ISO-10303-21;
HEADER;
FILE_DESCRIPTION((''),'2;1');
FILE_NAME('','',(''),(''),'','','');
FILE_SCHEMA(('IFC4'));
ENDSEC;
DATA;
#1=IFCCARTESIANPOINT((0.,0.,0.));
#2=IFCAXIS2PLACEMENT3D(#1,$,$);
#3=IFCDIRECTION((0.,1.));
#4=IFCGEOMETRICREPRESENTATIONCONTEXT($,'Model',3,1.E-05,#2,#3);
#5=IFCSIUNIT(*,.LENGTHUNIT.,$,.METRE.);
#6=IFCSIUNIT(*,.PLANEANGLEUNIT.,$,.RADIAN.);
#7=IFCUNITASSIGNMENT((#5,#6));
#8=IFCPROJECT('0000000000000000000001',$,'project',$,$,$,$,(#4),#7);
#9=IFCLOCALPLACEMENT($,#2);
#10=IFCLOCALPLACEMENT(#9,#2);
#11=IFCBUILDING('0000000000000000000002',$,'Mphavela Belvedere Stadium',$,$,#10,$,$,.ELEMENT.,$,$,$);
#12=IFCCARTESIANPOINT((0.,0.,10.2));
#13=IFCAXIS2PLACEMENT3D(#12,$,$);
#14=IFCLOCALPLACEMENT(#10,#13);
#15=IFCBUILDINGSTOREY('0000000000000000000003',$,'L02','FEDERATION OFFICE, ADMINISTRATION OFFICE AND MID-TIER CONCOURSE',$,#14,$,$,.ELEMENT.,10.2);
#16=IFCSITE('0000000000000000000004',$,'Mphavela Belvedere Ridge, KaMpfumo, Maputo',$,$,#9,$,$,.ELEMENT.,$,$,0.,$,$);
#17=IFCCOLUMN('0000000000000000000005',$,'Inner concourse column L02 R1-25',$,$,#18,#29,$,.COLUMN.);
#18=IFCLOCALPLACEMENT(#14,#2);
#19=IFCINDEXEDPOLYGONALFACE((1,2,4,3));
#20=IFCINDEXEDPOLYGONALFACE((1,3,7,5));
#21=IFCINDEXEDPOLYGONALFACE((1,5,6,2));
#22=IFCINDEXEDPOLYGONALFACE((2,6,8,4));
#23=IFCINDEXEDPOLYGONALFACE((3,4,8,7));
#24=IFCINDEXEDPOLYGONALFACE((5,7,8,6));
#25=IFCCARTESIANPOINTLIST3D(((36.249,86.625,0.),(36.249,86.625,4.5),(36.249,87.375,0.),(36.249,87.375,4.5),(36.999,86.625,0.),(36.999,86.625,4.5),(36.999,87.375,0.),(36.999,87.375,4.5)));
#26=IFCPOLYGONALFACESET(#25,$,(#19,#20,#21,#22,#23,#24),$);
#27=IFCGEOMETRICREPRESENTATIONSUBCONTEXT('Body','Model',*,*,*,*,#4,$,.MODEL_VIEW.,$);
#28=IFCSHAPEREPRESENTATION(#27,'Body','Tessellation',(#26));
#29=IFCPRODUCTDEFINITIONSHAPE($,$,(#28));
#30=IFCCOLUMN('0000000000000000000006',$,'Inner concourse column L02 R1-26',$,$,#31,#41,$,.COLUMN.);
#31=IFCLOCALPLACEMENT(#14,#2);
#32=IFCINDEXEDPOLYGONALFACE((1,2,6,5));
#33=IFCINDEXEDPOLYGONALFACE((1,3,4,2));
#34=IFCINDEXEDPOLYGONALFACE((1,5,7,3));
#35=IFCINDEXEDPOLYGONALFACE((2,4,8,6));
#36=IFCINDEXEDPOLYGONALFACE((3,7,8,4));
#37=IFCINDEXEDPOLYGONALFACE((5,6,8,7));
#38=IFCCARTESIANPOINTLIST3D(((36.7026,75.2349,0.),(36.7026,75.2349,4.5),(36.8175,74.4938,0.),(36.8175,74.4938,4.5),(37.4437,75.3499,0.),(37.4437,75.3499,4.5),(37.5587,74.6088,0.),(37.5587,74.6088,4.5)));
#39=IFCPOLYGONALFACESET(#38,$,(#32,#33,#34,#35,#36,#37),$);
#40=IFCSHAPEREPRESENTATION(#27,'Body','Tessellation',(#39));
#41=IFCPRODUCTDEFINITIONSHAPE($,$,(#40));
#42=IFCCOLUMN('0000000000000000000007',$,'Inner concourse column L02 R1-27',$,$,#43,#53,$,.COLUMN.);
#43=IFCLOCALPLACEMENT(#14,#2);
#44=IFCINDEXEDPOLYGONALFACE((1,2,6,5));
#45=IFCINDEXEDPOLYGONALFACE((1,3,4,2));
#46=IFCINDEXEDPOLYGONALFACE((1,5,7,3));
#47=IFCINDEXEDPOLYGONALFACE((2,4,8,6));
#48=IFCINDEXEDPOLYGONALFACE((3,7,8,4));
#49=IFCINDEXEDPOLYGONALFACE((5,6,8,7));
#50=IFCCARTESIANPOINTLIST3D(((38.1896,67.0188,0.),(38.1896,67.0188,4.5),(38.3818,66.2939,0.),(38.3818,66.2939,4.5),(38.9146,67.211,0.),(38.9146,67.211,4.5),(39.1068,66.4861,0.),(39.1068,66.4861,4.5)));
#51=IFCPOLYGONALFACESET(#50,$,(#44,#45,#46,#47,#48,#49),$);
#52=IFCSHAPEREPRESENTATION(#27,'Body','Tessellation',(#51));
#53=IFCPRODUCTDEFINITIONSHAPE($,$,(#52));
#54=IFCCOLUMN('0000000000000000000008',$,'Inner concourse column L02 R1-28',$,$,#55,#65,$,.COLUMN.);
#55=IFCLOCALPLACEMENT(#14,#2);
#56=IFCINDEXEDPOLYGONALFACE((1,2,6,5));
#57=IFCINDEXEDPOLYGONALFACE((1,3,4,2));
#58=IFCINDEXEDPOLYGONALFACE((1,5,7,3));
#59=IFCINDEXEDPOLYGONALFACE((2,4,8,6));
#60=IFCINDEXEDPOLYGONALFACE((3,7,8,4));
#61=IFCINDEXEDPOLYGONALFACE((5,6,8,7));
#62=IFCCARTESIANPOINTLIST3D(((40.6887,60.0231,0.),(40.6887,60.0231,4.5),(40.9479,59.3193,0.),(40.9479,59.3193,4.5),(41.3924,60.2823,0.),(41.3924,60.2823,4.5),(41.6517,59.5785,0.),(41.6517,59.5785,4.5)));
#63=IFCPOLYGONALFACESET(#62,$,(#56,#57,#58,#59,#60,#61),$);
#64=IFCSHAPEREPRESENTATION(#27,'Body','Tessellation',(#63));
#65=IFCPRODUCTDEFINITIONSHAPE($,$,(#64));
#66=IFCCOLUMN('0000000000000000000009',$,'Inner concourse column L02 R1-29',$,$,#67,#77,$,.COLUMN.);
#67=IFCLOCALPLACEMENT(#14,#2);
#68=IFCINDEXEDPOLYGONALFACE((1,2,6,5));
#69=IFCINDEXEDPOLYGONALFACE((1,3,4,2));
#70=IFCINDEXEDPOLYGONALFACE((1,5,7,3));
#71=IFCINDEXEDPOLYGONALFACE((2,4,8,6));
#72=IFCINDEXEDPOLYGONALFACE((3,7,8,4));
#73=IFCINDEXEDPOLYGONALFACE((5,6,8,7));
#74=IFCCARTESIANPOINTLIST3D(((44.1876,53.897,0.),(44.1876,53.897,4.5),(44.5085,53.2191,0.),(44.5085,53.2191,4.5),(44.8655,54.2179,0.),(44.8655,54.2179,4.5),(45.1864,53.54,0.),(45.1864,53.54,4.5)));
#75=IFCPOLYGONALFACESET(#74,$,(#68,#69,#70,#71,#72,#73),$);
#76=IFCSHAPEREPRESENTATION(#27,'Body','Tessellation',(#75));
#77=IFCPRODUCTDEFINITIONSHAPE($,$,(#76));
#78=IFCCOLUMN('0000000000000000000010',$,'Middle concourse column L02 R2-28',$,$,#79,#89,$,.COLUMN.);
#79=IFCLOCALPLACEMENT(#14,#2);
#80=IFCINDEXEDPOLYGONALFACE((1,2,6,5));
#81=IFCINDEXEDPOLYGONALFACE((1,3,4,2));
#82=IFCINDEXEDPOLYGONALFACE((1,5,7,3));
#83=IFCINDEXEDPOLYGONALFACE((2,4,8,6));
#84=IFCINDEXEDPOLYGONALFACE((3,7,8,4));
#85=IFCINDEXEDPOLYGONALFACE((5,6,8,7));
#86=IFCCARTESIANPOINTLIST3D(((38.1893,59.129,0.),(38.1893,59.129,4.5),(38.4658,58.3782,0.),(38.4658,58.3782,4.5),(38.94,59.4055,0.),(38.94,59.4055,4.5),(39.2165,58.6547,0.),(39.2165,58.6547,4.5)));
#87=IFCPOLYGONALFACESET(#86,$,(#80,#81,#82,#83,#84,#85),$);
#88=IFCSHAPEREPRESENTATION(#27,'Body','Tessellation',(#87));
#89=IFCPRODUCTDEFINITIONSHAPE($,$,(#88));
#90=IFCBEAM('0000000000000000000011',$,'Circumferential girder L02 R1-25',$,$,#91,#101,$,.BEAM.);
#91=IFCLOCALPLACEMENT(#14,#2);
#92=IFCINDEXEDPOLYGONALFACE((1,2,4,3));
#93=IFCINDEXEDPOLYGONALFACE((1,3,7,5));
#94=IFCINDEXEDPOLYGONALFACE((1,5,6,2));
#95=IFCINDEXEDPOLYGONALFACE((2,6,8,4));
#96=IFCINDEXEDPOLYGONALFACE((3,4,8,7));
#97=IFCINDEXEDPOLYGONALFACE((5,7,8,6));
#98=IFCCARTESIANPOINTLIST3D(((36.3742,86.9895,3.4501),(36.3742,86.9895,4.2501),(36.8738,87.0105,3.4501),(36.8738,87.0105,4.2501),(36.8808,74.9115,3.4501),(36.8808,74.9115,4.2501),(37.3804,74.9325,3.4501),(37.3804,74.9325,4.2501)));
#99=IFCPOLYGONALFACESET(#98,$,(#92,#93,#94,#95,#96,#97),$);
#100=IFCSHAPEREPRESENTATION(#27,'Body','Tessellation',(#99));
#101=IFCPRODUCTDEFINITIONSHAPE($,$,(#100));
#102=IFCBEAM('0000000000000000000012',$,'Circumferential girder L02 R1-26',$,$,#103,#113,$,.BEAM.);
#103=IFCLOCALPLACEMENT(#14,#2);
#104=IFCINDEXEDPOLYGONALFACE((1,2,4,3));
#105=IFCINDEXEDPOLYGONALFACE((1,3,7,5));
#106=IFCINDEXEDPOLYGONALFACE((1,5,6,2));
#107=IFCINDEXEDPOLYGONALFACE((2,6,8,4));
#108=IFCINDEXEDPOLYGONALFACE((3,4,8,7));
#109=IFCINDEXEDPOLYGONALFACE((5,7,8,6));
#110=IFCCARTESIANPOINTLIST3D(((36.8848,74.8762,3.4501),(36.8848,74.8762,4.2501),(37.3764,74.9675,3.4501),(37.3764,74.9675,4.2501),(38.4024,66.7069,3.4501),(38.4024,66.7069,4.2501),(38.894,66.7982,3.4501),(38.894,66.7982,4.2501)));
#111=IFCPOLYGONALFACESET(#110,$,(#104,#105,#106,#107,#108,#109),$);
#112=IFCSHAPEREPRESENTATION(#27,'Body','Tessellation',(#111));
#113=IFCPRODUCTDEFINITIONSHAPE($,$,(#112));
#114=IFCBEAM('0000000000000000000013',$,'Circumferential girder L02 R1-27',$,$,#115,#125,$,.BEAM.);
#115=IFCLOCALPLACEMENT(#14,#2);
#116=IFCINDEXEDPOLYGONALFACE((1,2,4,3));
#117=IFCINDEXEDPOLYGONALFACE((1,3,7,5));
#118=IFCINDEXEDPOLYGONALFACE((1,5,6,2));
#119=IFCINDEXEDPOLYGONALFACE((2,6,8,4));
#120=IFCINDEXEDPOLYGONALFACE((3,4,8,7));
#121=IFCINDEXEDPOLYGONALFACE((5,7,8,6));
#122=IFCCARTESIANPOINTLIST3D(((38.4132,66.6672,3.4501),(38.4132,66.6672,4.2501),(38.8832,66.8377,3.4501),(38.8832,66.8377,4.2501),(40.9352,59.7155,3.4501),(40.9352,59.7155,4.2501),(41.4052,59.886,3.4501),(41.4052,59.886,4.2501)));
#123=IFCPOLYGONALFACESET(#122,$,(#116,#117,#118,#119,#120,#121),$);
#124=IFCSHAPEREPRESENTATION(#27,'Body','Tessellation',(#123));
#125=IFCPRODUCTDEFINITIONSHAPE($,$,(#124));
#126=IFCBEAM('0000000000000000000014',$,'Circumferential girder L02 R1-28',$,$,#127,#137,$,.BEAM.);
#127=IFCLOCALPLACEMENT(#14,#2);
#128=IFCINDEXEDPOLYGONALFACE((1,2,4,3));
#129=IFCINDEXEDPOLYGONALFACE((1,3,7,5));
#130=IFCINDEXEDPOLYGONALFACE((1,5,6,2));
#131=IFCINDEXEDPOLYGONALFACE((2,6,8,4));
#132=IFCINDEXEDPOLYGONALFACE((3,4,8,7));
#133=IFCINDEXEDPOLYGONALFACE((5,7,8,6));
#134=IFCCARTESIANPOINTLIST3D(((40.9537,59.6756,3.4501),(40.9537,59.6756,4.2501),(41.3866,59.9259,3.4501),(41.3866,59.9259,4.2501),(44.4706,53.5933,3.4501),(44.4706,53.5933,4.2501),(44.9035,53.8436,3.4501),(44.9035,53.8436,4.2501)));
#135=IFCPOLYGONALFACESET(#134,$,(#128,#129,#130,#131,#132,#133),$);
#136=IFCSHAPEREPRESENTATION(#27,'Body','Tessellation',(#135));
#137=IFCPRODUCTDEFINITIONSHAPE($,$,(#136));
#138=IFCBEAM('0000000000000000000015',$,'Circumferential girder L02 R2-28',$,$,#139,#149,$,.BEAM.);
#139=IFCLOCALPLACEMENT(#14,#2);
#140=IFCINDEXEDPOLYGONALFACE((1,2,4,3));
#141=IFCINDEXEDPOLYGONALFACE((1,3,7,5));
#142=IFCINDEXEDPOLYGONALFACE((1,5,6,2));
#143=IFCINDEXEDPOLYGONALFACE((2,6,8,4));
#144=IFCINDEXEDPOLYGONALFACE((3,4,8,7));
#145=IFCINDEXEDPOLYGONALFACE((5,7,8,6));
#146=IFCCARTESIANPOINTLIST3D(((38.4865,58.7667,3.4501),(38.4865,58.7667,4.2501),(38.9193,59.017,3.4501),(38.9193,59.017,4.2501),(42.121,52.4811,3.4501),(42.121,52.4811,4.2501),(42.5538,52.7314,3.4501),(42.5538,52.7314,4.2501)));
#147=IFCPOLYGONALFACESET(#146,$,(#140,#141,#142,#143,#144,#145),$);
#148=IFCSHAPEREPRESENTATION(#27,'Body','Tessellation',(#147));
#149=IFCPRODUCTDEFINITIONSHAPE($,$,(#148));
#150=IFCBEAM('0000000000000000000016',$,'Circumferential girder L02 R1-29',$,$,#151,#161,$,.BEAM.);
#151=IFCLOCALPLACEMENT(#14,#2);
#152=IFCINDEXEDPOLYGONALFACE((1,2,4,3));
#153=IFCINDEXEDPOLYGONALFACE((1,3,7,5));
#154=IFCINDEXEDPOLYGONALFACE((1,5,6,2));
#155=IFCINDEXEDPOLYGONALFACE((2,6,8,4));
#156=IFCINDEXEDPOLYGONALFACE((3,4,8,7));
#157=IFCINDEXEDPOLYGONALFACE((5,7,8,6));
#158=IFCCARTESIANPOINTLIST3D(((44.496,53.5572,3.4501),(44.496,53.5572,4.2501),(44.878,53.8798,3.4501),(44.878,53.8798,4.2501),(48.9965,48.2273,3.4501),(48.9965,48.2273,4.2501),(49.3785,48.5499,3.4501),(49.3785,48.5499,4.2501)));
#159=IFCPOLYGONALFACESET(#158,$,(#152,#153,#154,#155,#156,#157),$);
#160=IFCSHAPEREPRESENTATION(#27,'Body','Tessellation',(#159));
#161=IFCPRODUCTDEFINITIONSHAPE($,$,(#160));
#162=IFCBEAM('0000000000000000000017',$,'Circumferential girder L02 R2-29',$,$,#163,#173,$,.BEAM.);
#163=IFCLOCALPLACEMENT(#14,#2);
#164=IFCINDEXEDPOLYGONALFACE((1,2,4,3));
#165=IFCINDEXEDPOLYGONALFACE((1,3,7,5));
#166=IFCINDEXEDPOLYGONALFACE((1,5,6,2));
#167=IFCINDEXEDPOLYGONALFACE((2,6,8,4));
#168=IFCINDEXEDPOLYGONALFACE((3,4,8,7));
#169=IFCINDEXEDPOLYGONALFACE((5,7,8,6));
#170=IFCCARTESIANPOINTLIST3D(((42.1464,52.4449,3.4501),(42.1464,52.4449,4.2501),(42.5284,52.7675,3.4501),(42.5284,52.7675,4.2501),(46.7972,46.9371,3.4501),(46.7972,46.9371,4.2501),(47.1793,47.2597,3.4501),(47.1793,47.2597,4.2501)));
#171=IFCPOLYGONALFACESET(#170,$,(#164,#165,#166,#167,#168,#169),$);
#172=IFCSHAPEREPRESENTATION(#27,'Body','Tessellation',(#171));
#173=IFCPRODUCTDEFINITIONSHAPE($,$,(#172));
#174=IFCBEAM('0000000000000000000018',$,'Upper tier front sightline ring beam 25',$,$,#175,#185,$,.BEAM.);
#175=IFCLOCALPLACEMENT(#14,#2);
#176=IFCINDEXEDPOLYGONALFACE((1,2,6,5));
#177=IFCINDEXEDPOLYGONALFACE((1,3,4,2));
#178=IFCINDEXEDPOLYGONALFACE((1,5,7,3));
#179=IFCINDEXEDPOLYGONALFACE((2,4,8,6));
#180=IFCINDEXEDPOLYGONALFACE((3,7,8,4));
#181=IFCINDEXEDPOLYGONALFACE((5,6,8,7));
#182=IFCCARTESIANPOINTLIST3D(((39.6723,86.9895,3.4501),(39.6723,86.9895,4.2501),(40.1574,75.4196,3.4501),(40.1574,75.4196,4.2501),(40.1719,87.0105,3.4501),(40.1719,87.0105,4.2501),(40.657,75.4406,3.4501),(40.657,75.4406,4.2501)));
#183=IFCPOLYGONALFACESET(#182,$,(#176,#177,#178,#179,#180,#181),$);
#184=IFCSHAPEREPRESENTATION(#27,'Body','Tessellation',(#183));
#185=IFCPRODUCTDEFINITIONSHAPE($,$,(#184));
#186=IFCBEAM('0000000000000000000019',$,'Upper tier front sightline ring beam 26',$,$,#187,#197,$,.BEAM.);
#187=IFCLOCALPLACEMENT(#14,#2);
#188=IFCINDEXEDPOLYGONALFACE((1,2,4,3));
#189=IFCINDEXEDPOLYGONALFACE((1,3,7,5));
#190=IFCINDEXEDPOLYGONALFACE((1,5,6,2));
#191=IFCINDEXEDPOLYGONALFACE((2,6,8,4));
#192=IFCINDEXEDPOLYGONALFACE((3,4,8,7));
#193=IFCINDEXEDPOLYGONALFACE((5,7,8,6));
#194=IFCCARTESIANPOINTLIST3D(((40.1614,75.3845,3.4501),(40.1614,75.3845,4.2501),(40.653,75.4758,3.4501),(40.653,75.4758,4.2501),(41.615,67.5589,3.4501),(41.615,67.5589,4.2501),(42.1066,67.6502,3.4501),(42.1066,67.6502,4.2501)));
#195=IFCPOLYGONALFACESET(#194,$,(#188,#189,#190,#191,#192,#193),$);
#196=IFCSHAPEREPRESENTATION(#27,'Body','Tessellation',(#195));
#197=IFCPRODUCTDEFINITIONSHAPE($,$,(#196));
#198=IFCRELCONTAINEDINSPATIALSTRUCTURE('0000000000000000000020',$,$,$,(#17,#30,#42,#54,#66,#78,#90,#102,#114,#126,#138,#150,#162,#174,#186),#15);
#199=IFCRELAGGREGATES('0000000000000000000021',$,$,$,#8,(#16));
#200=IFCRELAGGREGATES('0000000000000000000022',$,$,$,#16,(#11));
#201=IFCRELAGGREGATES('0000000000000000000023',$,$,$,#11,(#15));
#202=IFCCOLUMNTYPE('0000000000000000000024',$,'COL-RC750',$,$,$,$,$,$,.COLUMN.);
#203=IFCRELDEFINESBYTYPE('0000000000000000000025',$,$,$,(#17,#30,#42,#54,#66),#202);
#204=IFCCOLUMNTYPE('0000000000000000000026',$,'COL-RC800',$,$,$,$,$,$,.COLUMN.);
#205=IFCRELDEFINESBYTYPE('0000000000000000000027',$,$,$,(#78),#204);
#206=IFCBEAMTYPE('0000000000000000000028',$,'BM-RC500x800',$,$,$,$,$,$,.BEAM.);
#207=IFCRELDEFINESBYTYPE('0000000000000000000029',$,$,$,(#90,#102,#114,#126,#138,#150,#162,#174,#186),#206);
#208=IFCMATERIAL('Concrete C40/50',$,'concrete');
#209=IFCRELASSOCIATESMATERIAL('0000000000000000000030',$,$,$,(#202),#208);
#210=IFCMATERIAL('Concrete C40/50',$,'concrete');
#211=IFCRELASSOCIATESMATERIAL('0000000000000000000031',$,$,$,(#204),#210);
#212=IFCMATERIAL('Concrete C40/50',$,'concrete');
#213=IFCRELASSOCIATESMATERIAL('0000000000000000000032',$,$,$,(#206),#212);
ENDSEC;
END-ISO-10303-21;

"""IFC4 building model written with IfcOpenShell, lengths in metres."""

from ifc_helpers import new_model, si_unit, direction, frame, origin, origin_2d, place, context, subcontext, project, spatial, rectangle, extrude, material, material_profile, profile_set, type_object, element, save


model = new_model("IFC4")

# Units and contexts
model_context = context("Model", 3, precision=1e-05, world=origin(), true_north=direction((0.0, 1.0)))
body_context = subcontext(model_context, "Body", "Model", "MODEL_VIEW")
ifc_project = project(units=[si_unit("LENGTHUNIT", "METRE"), si_unit("PLANEANGLEUNIT", "RADIAN")], contexts=[model_context])

# Site, building, storey
site_placement = place(None, origin())
site = spatial("IfcSite", under=ifc_project, at=site_placement, Name="Mphavela Belvedere Ridge, KaMpfumo, Maputo", CompositionType="ELEMENT", RefElevation=0.0)
building_placement = place(site_placement, origin())
building = spatial("IfcBuilding", under=site, at=building_placement, Name="Mphavela Belvedere Stadium", CompositionType="ELEMENT")
storey_placement = place(building_placement, frame((0.0, 0.0, 10.2)))
storey = spatial("IfcBuildingStorey", under=building, at=storey_placement, Name="L02", Description="FEDERATION OFFICE, ADMINISTRATION OFFICE AND MID-TIER CONCOURSE", CompositionType="ELEMENT", Elevation=10.2)

# Columns
ifc_material_1 = material(Name="Concrete C40/50", Category="concrete")
ifc_material_profile_1 = material_profile(ifc_material_1, rectangle(XDim=0.75, YDim=0.75, at=origin_2d()), Name="RC 750x750")
ifc_profile_set_1 = profile_set([ifc_material_profile_1], Name="Concrete C40/50")
column_type_1 = type_object("IfcColumnType", Name="COL-RC750", PredefinedType="COLUMN", material=ifc_profile_set_1)
for number, where, z_axis, x_axis, name in (
    (1, (36.624, 87.0, 0.0), (0.0, 0.0, 1.0), (-1.0, 0.0, 0.0), "Inner concourse column L02 R1-25"),
    (2, (37.1306, 74.9219, 0.0), (0.0, 0.0, 1.0), (-0.988175, -0.153331, 0.0), "Inner concourse column L02 R1-26"),
    (3, (38.6482, 66.7524, 0.0), (0.0, 0.0, 1.0), (-0.9666, -0.256289, 0.0), "Inner concourse column L02 R1-27"),
    (4, (41.1702, 59.8008, 0.0), (0.0, 0.0, 1.0), (-0.938372, -0.345626, 0.0), "Inner concourse column L02 R1-28"),
    (5, (44.687, 53.7185, 0.0), (0.0, 0.0, 1.0), (-0.903859, -0.427831, 0.0), "Inner concourse column L02 R1-29"),
):
    element("IfcColumn", number, at=place(storey_placement, frame(where, z_axis=z_axis, x_axis=x_axis)), inside=storey, type_object=column_type_1, Name=name, PredefinedType="COLUMN", context=body_context, shape_type="SweptSolid", body=[
        extrude(rectangle(XDim=0.75, YDim=0.75, at=origin_2d()), origin(), (0.0, 0.0, 1.0), 4.5),
    ])
ifc_material_2 = material(Name="Concrete C40/50", Category="concrete")
ifc_material_profile_2 = material_profile(ifc_material_2, rectangle(XDim=0.8, YDim=0.8, at=origin_2d()), Name="RC 800x800")
ifc_profile_set_2 = profile_set([ifc_material_profile_2], Name="Concrete C40/50")
column_type_2 = type_object("IfcColumnType", Name="COL-RC800", PredefinedType="COLUMN", material=ifc_profile_set_2)
column_placement = place(storey_placement, frame((38.7029, 58.8918, 0.0), z_axis=(0.0, 0.0, 1.0), x_axis=(-0.938372, -0.345626, 0.0)))
element("IfcColumn", 6, at=column_placement, inside=storey, type_object=column_type_2, Name="Middle concourse column L02 R2-28", PredefinedType="COLUMN", context=body_context, shape_type="SweptSolid", body=[
    extrude(rectangle(XDim=0.8, YDim=0.8, at=origin_2d()), origin(), (0.0, 0.0, 1.0), 4.5),
])

# Beams
ifc_material_3 = material(Name="Concrete C40/50", Category="concrete")
ifc_material_profile_3 = material_profile(ifc_material_3, rectangle(XDim=0.5, YDim=0.8, at=origin_2d()), Name="RC 500x800")
ifc_profile_set_3 = profile_set([ifc_material_profile_3], Name="Concrete C40/50")
beam_type_1 = type_object("IfcBeamType", Name="BM-RC500x800", PredefinedType="BEAM", material=ifc_profile_set_3)
beam_1_placement = place(storey_placement, frame((36.624, 87.0, 3.8501), z_axis=(0.041906, -0.999122, 0.0), x_axis=(0.999122, 0.041906, 0.0)))
element("IfcBeam", 7, at=beam_1_placement, inside=storey, type_object=beam_type_1, Name="Circumferential girder L02 R1-25", PredefinedType="BEAM", context=body_context, shape_type="SweptSolid", body=[
    extrude(rectangle(XDim=0.5, YDim=0.8, at=origin_2d()), origin(), (0.0, 0.0, 1.0), 12.0886),
])
beam_2_placement = place(storey_placement, frame((37.1306, 74.9219, 3.8501), z_axis=(0.182638, -0.98318, 0.0), x_axis=(0.98318, 0.182638, 0.0)))
element("IfcBeam", 8, at=beam_2_placement, inside=storey, type_object=beam_type_1, Name="Circumferential girder L02 R1-26", PredefinedType="BEAM", context=body_context, shape_type="SweptSolid", body=[
    extrude(rectangle(XDim=0.5, YDim=0.8, at=origin_2d()), origin(), (0.0, 0.0, 1.0), 8.3091),
])
beam_3_placement = place(storey_placement, frame((38.6482, 66.7524, 3.8501), z_axis=(0.341038, -0.94005, 0.0), x_axis=(0.94005, 0.341038, 0.0)))
element("IfcBeam", 9, at=beam_3_placement, inside=storey, type_object=beam_type_1, Name="Circumferential girder L02 R1-27", PredefinedType="BEAM", context=body_context, shape_type="SweptSolid", body=[
    extrude(rectangle(XDim=0.5, YDim=0.8, at=origin_2d()), origin(), (0.0, 0.0, 1.0), 7.395),
])
beam_4_placement = place(storey_placement, frame((41.1702, 59.8008, 3.8501), z_axis=(0.50056, -0.865702, 0.0), x_axis=(0.865702, 0.50056, 0.0)))
element("IfcBeam", 10, at=beam_4_placement, inside=storey, type_object=beam_type_1, Name="Circumferential girder L02 R1-28", PredefinedType="BEAM", context=body_context, shape_type="SweptSolid", body=[
    extrude(rectangle(XDim=0.5, YDim=0.8, at=origin_2d()), origin(), (0.0, 0.0, 1.0), 7.0259),
])
beam_5_placement = place(storey_placement, frame((38.7029, 58.8918, 3.8501), z_axis=(0.500568, -0.865697, 0.0), x_axis=(0.865697, 0.500568, 0.0)))
element("IfcBeam", 11, at=beam_5_placement, inside=storey, type_object=beam_type_1, Name="Circumferential girder L02 R2-28", PredefinedType="BEAM", context=body_context, shape_type="SweptSolid", body=[
    extrude(rectangle(XDim=0.5, YDim=0.8, at=origin_2d()), origin(), (0.0, 0.0, 1.0), 7.2607),
])
beam_6_placement = place(storey_placement, frame((44.687, 53.7185, 3.8501), z_axis=(0.645159, -0.764048, 0.0), x_axis=(0.764048, 0.645159, 0.0)))
element("IfcBeam", 12, at=beam_6_placement, inside=storey, type_object=beam_type_1, Name="Circumferential girder L02 R1-29", PredefinedType="BEAM", context=body_context, shape_type="SweptSolid", body=[
    extrude(rectangle(XDim=0.5, YDim=0.8, at=origin_2d()), origin(), (0.0, 0.0, 1.0), 6.9758),
])
beam_7_placement = place(storey_placement, frame((42.3374, 52.6062, 3.8501), z_axis=(0.645168, -0.764041, 0.0), x_axis=(0.764041, 0.645168, 0.0)))
element("IfcBeam", 13, at=beam_7_placement, inside=storey, type_object=beam_type_1, Name="Circumferential girder L02 R2-29", PredefinedType="BEAM", context=body_context, shape_type="SweptSolid", body=[
    extrude(rectangle(XDim=0.5, YDim=0.8, at=origin_2d()), origin(), (0.0, 0.0, 1.0), 7.2087),
])
beam_8_placement = place(storey_placement, frame((39.9221, 87.0, 3.8501), z_axis=(0.041892, -0.999122, 0.0), x_axis=(0.999122, 0.041892, 0.0)))
element("IfcBeam", 14, at=beam_8_placement, inside=storey, type_object=beam_type_1, Name="Upper tier front sightline ring beam 25", PredefinedType="BEAM", context=body_context, shape_type="SweptSolid", body=[
    extrude(rectangle(XDim=0.5, YDim=0.8, at=origin_2d()), origin(), (0.0, 0.0, 1.0), 11.5801),
])
beam_9_placement = place(storey_placement, frame((40.4072, 75.4302, 3.8501), z_axis=(0.182625, -0.983183, 0.0), x_axis=(0.983183, 0.182625, 0.0)))
element("IfcBeam", 15, at=beam_9_placement, inside=storey, type_object=beam_type_1, Name="Upper tier front sightline ring beam 26", PredefinedType="BEAM", context=body_context, shape_type="SweptSolid", body=[
    extrude(rectangle(XDim=0.5, YDim=0.8, at=origin_2d()), origin(), (0.0, 0.0, 1.0), 7.9595),
])

save(model, "model.ifc")
